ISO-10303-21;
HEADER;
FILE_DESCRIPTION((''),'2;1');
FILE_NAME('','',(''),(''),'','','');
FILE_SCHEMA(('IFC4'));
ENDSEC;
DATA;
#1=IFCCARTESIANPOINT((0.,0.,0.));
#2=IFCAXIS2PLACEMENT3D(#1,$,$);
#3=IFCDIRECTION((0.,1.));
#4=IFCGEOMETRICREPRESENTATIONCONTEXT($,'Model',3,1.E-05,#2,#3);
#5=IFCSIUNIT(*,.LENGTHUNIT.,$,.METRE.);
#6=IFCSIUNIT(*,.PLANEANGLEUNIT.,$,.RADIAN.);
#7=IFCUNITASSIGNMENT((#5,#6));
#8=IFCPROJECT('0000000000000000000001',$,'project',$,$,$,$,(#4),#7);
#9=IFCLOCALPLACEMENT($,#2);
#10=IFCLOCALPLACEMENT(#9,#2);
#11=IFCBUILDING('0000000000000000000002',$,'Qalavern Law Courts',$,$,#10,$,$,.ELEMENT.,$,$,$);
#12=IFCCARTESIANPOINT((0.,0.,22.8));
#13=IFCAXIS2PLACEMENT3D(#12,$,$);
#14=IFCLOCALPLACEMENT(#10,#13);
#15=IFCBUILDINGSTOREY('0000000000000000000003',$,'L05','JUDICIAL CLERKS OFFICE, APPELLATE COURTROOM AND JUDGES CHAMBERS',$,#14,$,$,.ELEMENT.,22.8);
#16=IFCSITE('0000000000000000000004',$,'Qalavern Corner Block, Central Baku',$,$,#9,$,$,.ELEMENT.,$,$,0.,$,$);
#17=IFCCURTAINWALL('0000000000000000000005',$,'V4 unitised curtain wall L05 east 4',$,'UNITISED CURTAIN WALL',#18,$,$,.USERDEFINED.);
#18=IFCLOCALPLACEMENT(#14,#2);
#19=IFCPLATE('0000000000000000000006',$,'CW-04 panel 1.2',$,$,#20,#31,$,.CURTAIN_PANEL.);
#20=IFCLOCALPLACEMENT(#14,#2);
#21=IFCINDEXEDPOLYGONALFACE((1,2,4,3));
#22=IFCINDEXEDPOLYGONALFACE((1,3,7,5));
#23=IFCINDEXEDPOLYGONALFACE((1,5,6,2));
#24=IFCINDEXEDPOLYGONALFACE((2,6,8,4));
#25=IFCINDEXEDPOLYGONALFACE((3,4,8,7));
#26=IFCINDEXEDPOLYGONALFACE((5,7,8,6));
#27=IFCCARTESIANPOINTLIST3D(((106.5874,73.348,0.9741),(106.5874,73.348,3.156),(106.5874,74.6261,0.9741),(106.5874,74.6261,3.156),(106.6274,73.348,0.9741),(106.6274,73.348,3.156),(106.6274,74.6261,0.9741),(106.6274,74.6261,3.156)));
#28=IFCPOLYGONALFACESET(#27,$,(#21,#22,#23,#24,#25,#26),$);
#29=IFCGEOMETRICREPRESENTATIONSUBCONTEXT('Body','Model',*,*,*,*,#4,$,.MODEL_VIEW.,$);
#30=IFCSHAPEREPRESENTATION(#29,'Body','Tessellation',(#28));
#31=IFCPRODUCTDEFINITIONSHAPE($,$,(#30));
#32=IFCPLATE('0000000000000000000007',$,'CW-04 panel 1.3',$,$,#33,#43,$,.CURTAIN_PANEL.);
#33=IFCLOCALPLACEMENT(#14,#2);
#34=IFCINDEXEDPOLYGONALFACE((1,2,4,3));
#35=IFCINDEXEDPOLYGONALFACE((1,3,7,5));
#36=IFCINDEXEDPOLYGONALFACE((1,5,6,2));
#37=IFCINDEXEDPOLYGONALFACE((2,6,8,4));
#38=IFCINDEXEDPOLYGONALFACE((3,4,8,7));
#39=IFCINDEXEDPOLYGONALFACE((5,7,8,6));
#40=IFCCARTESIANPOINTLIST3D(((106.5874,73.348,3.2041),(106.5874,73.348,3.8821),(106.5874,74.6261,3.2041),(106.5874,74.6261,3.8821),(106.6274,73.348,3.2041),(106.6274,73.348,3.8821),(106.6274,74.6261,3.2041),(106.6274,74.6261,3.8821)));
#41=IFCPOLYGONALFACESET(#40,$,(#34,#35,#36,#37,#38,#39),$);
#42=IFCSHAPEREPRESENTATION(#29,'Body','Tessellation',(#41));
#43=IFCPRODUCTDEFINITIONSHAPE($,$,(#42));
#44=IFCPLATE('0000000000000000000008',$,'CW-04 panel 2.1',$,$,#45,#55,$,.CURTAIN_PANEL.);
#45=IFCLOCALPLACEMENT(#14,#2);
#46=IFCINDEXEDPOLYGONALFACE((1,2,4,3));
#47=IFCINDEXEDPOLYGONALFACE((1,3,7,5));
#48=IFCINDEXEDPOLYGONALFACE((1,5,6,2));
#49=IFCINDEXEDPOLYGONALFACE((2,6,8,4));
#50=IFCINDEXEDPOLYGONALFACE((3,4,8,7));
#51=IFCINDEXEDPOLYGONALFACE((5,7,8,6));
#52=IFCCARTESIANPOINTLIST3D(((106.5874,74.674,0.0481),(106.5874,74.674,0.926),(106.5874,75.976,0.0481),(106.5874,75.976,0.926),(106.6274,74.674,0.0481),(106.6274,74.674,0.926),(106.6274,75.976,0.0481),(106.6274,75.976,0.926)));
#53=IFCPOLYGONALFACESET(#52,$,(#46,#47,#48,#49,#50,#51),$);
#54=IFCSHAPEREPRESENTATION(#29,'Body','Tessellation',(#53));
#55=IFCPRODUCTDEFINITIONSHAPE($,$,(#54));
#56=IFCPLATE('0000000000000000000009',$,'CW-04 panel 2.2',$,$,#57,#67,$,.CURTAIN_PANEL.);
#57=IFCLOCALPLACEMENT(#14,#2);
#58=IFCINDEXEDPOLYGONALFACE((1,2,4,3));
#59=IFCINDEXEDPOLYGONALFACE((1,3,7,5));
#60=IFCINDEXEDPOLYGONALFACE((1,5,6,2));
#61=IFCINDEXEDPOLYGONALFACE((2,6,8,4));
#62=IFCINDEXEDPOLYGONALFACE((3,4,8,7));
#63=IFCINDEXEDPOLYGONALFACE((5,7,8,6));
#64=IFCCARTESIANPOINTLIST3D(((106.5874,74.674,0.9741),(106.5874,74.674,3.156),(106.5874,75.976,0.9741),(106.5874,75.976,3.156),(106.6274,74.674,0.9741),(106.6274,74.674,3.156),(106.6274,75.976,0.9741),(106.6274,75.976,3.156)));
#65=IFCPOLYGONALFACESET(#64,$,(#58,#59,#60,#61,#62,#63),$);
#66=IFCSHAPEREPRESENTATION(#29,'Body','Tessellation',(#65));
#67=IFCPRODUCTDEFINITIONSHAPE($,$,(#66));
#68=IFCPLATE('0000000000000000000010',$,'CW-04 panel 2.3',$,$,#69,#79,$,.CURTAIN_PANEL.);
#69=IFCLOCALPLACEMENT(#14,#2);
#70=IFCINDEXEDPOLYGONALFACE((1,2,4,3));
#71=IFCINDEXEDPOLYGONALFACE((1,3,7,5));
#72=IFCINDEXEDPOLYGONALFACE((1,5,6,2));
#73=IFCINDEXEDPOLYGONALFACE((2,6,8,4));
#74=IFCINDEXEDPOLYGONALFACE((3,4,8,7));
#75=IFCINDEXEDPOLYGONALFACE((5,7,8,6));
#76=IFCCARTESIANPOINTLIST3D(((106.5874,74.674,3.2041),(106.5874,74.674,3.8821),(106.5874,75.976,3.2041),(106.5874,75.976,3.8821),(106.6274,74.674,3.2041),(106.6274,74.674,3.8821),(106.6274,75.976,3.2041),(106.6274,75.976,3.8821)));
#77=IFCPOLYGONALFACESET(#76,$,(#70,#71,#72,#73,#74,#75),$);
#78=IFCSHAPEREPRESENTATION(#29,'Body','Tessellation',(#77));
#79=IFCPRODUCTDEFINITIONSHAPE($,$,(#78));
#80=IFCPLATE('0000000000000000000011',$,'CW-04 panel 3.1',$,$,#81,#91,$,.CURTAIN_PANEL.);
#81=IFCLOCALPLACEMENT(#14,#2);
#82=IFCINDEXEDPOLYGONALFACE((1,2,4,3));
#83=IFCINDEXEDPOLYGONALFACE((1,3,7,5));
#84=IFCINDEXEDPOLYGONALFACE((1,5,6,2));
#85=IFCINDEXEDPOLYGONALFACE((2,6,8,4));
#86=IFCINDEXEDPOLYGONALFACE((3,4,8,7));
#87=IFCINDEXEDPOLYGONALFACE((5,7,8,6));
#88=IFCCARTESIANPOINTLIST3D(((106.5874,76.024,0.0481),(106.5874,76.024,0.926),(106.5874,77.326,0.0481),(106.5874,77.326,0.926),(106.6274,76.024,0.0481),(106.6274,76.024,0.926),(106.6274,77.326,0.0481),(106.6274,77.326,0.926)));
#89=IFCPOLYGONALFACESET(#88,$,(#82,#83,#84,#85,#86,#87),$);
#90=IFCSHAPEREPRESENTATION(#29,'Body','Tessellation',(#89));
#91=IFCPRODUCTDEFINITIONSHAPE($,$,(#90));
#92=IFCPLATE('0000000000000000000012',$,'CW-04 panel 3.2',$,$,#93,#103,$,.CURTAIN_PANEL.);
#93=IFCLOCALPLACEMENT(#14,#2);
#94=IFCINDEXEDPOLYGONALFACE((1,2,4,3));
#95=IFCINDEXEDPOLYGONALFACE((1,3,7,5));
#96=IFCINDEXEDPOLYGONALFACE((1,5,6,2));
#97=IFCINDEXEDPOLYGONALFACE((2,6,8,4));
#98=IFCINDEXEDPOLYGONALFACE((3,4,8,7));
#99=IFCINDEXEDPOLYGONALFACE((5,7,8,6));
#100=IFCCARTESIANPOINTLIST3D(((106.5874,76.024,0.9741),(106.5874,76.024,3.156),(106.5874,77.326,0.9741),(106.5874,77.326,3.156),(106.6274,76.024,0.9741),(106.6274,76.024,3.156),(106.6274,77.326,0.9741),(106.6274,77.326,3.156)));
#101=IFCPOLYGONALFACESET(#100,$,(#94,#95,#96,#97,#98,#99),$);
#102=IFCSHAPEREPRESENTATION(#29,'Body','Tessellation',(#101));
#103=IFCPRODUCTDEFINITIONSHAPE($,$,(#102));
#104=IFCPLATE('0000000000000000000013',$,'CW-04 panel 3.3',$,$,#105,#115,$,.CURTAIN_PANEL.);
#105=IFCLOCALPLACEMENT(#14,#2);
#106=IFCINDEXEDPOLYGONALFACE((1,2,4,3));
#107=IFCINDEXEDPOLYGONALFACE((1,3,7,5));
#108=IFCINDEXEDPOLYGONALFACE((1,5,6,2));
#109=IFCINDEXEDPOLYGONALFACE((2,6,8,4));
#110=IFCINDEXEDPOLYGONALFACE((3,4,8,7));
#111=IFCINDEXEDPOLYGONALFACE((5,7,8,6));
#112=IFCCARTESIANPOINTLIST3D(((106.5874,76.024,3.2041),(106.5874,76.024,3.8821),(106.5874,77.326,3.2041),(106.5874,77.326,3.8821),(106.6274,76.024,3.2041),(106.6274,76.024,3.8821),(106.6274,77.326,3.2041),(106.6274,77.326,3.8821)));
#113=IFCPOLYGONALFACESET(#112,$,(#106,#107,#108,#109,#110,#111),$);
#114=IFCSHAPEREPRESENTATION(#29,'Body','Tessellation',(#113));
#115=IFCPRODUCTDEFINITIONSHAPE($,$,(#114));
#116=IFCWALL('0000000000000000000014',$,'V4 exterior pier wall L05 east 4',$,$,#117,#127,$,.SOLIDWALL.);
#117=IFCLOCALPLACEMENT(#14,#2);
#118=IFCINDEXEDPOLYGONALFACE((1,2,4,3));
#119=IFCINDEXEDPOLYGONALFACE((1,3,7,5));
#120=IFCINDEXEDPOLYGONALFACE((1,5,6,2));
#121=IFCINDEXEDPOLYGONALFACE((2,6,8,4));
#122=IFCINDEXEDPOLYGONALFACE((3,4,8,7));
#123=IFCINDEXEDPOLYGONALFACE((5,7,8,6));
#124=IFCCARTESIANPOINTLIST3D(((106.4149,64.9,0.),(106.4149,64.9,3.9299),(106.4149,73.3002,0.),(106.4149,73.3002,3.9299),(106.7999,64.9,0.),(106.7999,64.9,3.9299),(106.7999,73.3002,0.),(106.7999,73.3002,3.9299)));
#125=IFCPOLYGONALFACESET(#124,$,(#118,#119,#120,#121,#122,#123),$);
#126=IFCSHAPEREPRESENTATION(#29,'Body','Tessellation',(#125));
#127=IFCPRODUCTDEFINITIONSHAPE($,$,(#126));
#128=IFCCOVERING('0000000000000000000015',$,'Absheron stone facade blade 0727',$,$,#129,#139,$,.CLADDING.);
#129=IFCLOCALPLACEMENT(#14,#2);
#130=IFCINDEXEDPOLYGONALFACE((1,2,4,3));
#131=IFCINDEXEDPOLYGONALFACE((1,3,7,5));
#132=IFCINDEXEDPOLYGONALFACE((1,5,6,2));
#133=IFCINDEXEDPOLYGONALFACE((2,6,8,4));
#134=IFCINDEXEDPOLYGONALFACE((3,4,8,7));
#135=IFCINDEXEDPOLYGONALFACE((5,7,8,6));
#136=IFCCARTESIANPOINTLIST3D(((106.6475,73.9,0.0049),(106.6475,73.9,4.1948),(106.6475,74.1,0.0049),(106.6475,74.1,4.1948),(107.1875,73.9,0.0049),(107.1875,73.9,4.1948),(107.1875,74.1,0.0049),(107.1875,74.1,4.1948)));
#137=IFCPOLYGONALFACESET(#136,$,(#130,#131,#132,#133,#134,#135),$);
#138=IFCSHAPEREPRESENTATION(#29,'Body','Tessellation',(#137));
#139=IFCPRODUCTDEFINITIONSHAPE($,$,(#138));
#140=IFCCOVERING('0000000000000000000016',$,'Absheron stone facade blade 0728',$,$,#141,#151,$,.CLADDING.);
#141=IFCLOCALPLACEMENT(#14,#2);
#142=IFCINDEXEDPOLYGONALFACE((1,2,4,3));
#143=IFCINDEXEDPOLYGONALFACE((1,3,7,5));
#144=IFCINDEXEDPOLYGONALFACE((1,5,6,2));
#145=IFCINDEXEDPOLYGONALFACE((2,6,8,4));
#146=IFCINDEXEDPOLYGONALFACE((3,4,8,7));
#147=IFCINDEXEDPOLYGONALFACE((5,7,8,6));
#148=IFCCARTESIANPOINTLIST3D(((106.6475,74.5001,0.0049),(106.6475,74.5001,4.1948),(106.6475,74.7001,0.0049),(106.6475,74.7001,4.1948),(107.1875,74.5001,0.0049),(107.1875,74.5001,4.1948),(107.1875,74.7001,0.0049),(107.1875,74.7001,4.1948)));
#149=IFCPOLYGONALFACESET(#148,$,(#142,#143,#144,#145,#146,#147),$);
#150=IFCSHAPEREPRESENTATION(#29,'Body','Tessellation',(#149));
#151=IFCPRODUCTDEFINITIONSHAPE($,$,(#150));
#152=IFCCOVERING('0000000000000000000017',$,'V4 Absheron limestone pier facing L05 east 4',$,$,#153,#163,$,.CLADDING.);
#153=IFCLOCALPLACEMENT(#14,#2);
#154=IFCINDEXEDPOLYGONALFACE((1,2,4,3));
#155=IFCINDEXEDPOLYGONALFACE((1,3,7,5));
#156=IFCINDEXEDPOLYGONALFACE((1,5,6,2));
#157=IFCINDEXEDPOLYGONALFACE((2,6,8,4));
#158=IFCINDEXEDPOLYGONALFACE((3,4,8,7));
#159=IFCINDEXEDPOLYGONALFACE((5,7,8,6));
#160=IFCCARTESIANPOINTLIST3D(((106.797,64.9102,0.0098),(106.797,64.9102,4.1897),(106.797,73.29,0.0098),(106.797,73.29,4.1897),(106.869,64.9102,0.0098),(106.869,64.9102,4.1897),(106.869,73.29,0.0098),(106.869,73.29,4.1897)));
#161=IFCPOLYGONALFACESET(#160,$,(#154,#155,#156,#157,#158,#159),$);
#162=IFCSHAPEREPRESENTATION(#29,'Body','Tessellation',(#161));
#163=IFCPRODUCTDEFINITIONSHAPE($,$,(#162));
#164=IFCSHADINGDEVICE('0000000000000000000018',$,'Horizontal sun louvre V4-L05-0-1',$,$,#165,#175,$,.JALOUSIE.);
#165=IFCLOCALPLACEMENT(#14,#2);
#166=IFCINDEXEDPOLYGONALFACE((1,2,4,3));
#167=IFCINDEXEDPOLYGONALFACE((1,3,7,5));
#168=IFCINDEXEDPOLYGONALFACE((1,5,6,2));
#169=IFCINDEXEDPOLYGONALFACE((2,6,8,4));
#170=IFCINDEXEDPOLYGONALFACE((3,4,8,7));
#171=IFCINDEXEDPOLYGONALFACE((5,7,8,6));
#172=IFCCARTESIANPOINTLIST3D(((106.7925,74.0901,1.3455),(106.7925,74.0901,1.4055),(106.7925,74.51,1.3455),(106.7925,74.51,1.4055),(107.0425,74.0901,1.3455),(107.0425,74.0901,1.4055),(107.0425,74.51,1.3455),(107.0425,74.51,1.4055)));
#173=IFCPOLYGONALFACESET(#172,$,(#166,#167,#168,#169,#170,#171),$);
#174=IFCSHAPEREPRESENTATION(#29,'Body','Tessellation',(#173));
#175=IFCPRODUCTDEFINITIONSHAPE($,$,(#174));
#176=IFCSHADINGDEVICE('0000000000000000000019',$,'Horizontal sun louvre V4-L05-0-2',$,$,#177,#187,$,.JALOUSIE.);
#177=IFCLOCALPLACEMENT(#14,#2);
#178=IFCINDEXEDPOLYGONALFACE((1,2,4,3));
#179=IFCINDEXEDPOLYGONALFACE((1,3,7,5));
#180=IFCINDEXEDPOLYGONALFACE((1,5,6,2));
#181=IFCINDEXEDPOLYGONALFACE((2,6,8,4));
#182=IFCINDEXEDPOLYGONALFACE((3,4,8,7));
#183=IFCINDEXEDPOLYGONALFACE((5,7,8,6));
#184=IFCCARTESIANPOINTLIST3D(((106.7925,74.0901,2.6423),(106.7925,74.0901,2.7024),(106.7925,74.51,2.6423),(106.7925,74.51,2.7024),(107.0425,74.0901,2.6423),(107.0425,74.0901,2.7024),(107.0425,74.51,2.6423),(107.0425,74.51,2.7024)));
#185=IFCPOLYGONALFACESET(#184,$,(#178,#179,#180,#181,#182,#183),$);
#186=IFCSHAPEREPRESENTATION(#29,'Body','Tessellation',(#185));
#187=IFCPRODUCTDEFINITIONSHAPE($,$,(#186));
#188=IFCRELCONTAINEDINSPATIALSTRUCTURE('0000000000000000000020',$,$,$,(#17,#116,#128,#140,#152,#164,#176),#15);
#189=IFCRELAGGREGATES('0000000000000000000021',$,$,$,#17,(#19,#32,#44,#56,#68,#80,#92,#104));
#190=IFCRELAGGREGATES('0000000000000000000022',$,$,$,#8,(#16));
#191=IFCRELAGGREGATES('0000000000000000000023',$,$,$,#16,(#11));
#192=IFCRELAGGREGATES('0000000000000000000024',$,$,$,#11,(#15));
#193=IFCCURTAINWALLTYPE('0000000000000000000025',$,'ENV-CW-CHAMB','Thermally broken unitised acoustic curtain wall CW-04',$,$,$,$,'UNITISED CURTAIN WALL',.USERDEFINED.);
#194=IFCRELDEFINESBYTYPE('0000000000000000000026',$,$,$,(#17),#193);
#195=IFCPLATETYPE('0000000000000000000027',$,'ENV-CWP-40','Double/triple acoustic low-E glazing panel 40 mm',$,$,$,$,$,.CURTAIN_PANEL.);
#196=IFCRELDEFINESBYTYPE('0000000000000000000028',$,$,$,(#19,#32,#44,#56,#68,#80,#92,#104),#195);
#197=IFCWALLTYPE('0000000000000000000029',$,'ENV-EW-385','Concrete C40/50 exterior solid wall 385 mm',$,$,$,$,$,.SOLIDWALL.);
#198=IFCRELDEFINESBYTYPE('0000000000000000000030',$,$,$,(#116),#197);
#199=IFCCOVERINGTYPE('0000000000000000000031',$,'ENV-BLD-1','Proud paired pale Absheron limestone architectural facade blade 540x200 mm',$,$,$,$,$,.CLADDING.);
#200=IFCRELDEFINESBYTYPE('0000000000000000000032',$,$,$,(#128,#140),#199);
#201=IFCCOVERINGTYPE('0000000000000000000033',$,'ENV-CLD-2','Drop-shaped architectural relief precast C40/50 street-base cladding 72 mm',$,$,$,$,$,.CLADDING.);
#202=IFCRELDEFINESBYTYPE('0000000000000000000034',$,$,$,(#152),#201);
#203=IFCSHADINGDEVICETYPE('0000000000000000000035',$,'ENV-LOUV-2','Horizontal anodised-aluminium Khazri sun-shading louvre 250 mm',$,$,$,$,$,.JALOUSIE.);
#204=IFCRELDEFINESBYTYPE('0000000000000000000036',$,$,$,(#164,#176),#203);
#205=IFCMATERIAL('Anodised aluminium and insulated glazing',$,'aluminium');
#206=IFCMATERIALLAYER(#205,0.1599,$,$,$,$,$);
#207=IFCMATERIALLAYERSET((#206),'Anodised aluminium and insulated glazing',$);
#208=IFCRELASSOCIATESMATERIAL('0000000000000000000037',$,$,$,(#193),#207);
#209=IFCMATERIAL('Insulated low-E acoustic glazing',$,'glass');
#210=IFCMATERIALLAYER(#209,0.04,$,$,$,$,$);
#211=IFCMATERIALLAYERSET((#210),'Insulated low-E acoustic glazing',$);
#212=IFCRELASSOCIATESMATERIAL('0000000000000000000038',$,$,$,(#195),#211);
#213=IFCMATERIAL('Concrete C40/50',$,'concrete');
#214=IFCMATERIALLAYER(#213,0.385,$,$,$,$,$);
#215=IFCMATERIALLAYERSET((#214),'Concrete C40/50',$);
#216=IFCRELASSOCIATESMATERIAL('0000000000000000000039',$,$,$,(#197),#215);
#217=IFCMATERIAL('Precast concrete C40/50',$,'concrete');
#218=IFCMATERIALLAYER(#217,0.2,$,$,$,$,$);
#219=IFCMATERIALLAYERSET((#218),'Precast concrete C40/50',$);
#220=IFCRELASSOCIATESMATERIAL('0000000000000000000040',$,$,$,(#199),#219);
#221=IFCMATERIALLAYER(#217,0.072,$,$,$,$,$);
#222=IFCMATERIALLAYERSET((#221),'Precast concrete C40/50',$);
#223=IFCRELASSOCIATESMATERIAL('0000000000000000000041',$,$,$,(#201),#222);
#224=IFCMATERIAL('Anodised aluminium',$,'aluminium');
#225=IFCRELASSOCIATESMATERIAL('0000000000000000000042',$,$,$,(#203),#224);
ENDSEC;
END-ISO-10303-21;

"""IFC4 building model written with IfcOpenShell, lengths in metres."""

from ifc_helpers import new_model, si_unit, direction, frame, frame_2d, origin, origin_2d, place, context, subcontext, project, spatial, rectangle, extrude, material, layer, layer_set, type_object, element, aggregate, save


model = new_model("IFC4")

# Units and contexts
model_context = context("Model", 3, precision=1e-05, world=origin(), true_north=direction((0.0, 1.0)))
body_context = subcontext(model_context, "Body", "Model", "MODEL_VIEW")
ifc_project = project(units=[si_unit("LENGTHUNIT", "METRE"), si_unit("PLANEANGLEUNIT", "RADIAN")], contexts=[model_context])

# Site, building, storey
site_placement = place(None, origin())
site = spatial("IfcSite", under=ifc_project, at=site_placement, Name="Qalavern Corner Block, Central Baku", CompositionType="ELEMENT", RefElevation=0.0)
building_placement = place(site_placement, origin())
building = spatial("IfcBuilding", under=site, at=building_placement, Name="Qalavern Law Courts", CompositionType="ELEMENT")
storey_placement = place(building_placement, frame((0.0, 0.0, 22.8)))
storey = spatial("IfcBuildingStorey", under=building, at=storey_placement, Name="L05", Description="JUDICIAL CLERKS OFFICE, APPELLATE COURTROOM AND JUDGES CHAMBERS", CompositionType="ELEMENT", Elevation=22.8)

# Shared definitions
ifc_material_1 = material(Name="Anodised aluminium and insulated glazing", Category="aluminium")
ifc_layer_1 = layer(ifc_material_1, 0.1599)
ifc_layer_set_1 = layer_set([ifc_layer_1], Name="Anodised aluminium and insulated glazing")
curtain_wall_type = type_object("IfcCurtainWallType", Name="ENV-CW-CHAMB", Description="Thermally broken unitised acoustic curtain wall CW-04", ElementType="UNITISED CURTAIN WALL", PredefinedType="USERDEFINED", material=ifc_layer_set_1)
ifc_material_2 = material(Name="Anodised aluminium", Category="aluminium")

# Curtain wall
curtain_wall_1_placement = place(storey_placement, origin())
curtain_wall_1 = element("IfcCurtainWall", 1, at=curtain_wall_1_placement, inside=storey, type_object=curtain_wall_type, Name="V4 unitised curtain wall L05 east 4", ObjectType="UNITISED CURTAIN WALL", PredefinedType="USERDEFINED")

# Plates
ifc_material_3 = material(Name="Insulated low-E acoustic glazing", Category="glass")
ifc_layer_2 = layer(ifc_material_3, 0.04)
ifc_layer_set_2 = layer_set([ifc_layer_2], Name="Insulated low-E acoustic glazing")
plate_type_1 = type_object("IfcPlateType", Name="ENV-CWP-40", Description="Double/triple acoustic low-E glazing panel 40 mm", PredefinedType="CURTAIN_PANEL", material=ifc_layer_set_2)
plate_1_placement = place(storey_placement, frame((106.6074, 73.9871, 0.9741), z_axis=(0.0, 0.0, 1.0), x_axis=(0.0, 1.0, 0.0)))
plate_1 = element("IfcPlate", 2, at=plate_1_placement, type_object=plate_type_1, Name="CW-04 panel 1.2", PredefinedType="CURTAIN_PANEL", context=body_context, shape_type="SweptSolid", body=[
    extrude(rectangle(XDim=1.2781, YDim=0.04, at=origin_2d()), origin(), (0.0, 0.0, 1.0), 2.1819),
])
plate_2_placement = place(storey_placement, frame((106.6074, 73.9871, 3.2041), z_axis=(0.0, 0.0, 1.0), x_axis=(0.0, 1.0, 0.0)))
plate_2 = element("IfcPlate", 3, at=plate_2_placement, type_object=plate_type_1, Name="CW-04 panel 1.3", PredefinedType="CURTAIN_PANEL", context=body_context, shape_type="SweptSolid", body=[
    extrude(rectangle(XDim=1.2781, YDim=0.04, at=origin_2d()), origin(), (0.0, 0.0, 1.0), 0.678),
])
plate_3_placement = place(storey_placement, frame((106.6074, 75.325, 0.0481), z_axis=(0.0, 0.0, 1.0), x_axis=(0.0, 1.0, 0.0)))
plate_3 = element("IfcPlate", 4, at=plate_3_placement, type_object=plate_type_1, Name="CW-04 panel 2.1", PredefinedType="CURTAIN_PANEL", context=body_context, shape_type="SweptSolid", body=[
    extrude(rectangle(XDim=1.302, YDim=0.04, at=origin_2d()), origin(), (0.0, 0.0, 1.0), 0.8779),
])
plate_4_placement = place(storey_placement, frame((106.6074, 75.325, 0.9741), z_axis=(0.0, 0.0, 1.0), x_axis=(0.0, 1.0, 0.0)))
plate_4 = element("IfcPlate", 5, at=plate_4_placement, type_object=plate_type_1, Name="CW-04 panel 2.2", PredefinedType="CURTAIN_PANEL", context=body_context, shape_type="SweptSolid", body=[
    extrude(rectangle(XDim=1.302, YDim=0.04, at=origin_2d()), origin(), (0.0, 0.0, 1.0), 2.1819),
])
plate_5_placement = place(storey_placement, frame((106.6074, 75.325, 3.2041), z_axis=(0.0, 0.0, 1.0), x_axis=(0.0, 1.0, 0.0)))
plate_5 = element("IfcPlate", 6, at=plate_5_placement, type_object=plate_type_1, Name="CW-04 panel 2.3", PredefinedType="CURTAIN_PANEL", context=body_context, shape_type="SweptSolid", body=[
    extrude(rectangle(XDim=1.302, YDim=0.04, at=origin_2d()), origin(), (0.0, 0.0, 1.0), 0.678),
])
plate_6_placement = place(storey_placement, frame((106.6074, 76.675, 0.0481), z_axis=(0.0, 0.0, 1.0), x_axis=(0.0, 1.0, 0.0)))
plate_6 = element("IfcPlate", 7, at=plate_6_placement, type_object=plate_type_1, Name="CW-04 panel 3.1", PredefinedType="CURTAIN_PANEL", context=body_context, shape_type="SweptSolid", body=[
    extrude(rectangle(XDim=1.302, YDim=0.04, at=origin_2d()), origin(), (0.0, 0.0, 1.0), 0.8779),
])
plate_7_placement = place(storey_placement, frame((106.6074, 76.675, 0.9741), z_axis=(0.0, 0.0, 1.0), x_axis=(0.0, 1.0, 0.0)))
plate_7 = element("IfcPlate", 8, at=plate_7_placement, type_object=plate_type_1, Name="CW-04 panel 3.2", PredefinedType="CURTAIN_PANEL", context=body_context, shape_type="SweptSolid", body=[
    extrude(rectangle(XDim=1.302, YDim=0.04, at=origin_2d()), origin(), (0.0, 0.0, 1.0), 2.1819),
])
plate_8_placement = place(storey_placement, frame((106.6074, 76.675, 3.2041), z_axis=(0.0, 0.0, 1.0), x_axis=(0.0, 1.0, 0.0)))
plate_8 = element("IfcPlate", 9, at=plate_8_placement, type_object=plate_type_1, Name="CW-04 panel 3.3", PredefinedType="CURTAIN_PANEL", context=body_context, shape_type="SweptSolid", body=[
    extrude(rectangle(XDim=1.302, YDim=0.04, at=origin_2d()), origin(), (0.0, 0.0, 1.0), 0.678),
])
aggregate(curtain_wall_1, [plate_1, plate_2, plate_3, plate_4, plate_5, plate_6, plate_7, plate_8])

# Wall
ifc_material_4 = material(Name="Concrete C40/50", Category="concrete")
ifc_layer_3 = layer(ifc_material_4, 0.385)
ifc_layer_set_3 = layer_set([ifc_layer_3], Name="Concrete C40/50")
wall_type = type_object("IfcWallType", Name="ENV-EW-385", Description="Concrete C40/50 exterior solid wall 385 mm", PredefinedType="SOLIDWALL", material=ifc_layer_set_3)
wall_placement = place(storey_placement, frame((106.6074, 64.8999, 0.0), z_axis=(0.0, 0.0, 1.0), x_axis=(0.0, 1.0, 0.0)))
element("IfcWall", 10, at=wall_placement, inside=storey, type_object=wall_type, Name="V4 exterior pier wall L05 east 4", PredefinedType="SOLIDWALL", context=body_context, shape_type="SweptSolid", body=[
    extrude(rectangle(XDim=8.4001, YDim=0.385, at=frame_2d((4.2002, 0.0))), origin(), (0.0, 0.0, 1.0), 3.9299),
])

# Coverings
ifc_material_5 = material(Name="Precast concrete C40/50", Category="concrete")
ifc_layer_4 = layer(ifc_material_5, 0.2)
ifc_layer_set_4 = layer_set([ifc_layer_4], Name="Precast concrete C40/50")
covering_type_1 = type_object("IfcCoveringType", Name="ENV-BLD-1", Description="Proud paired pale Absheron limestone architectural facade blade 540x200 mm", PredefinedType="CLADDING", material=ifc_layer_set_4)
for number, where, z_axis, x_axis, name in (
    (11, (106.9175, 74.0, 0.0049), (0.0, 0.0, 1.0), (1.0, 0.0, 0.0), "Absheron stone facade blade 0727"),
    (12, (106.9175, 74.6001, 0.0049), (0.0, 0.0, 1.0), (1.0, 0.0, 0.0), "Absheron stone facade blade 0728"),
):
    element("IfcCovering", number, at=place(storey_placement, frame(where, z_axis=z_axis, x_axis=x_axis)), inside=storey, type_object=covering_type_1, Name=name, PredefinedType="CLADDING", context=body_context, shape_type="SweptSolid", body=[
        extrude(rectangle(XDim=0.54, YDim=0.2, at=origin_2d()), origin(), (0.0, 0.0, 1.0), 4.1899),
    ])
ifc_layer_5 = layer(ifc_material_5, 0.072)
ifc_layer_set_5 = layer_set([ifc_layer_5], Name="Precast concrete C40/50")
covering_type_2 = type_object("IfcCoveringType", Name="ENV-CLD-2", Description="Drop-shaped architectural relief precast C40/50 street-base cladding 72 mm", PredefinedType="CLADDING", material=ifc_layer_set_5)
covering_placement = place(storey_placement, frame((106.833, 69.1001, 0.0098), z_axis=(0.0, 0.0, 1.0), x_axis=(0.0, 1.0, 0.0)))
element("IfcCovering", 13, at=covering_placement, inside=storey, type_object=covering_type_2, Name="V4 Absheron limestone pier facing L05 east 4", PredefinedType="CLADDING", context=body_context, shape_type="SweptSolid", body=[
    extrude(rectangle(XDim=8.3799, YDim=0.072, at=origin_2d()), origin(), (0.0, 0.0, 1.0), 4.1799),
])

# Shading devices
shading_device_type = type_object("IfcShadingDeviceType", Name="ENV-LOUV-2", Description="Horizontal anodised-aluminium Khazri sun-shading louvre 250 mm", PredefinedType="JALOUSIE", material=ifc_material_2)
for number, where, z_axis, x_axis, name in (
    (14, (106.9175, 74.3, 1.3455), (0.0, 0.0, 1.0), (0.0, 1.0, 0.0), "Horizontal sun louvre V4-L05-0-1"),
    (15, (106.9175, 74.3, 2.6423), (0.0, 0.0, 1.0), (0.0, 1.0, 0.0), "Horizontal sun louvre V4-L05-0-2"),
):
    element("IfcShadingDevice", number, at=place(storey_placement, frame(where, z_axis=z_axis, x_axis=x_axis)), inside=storey, type_object=shading_device_type, Name=name, PredefinedType="JALOUSIE", context=body_context, shape_type="SweptSolid", body=[
        extrude(rectangle(XDim=0.4199, YDim=0.25, at=origin_2d()), origin(), (0.0, 0.0, 1.0), 0.0601),
    ])

save(model, "model.ifc")
